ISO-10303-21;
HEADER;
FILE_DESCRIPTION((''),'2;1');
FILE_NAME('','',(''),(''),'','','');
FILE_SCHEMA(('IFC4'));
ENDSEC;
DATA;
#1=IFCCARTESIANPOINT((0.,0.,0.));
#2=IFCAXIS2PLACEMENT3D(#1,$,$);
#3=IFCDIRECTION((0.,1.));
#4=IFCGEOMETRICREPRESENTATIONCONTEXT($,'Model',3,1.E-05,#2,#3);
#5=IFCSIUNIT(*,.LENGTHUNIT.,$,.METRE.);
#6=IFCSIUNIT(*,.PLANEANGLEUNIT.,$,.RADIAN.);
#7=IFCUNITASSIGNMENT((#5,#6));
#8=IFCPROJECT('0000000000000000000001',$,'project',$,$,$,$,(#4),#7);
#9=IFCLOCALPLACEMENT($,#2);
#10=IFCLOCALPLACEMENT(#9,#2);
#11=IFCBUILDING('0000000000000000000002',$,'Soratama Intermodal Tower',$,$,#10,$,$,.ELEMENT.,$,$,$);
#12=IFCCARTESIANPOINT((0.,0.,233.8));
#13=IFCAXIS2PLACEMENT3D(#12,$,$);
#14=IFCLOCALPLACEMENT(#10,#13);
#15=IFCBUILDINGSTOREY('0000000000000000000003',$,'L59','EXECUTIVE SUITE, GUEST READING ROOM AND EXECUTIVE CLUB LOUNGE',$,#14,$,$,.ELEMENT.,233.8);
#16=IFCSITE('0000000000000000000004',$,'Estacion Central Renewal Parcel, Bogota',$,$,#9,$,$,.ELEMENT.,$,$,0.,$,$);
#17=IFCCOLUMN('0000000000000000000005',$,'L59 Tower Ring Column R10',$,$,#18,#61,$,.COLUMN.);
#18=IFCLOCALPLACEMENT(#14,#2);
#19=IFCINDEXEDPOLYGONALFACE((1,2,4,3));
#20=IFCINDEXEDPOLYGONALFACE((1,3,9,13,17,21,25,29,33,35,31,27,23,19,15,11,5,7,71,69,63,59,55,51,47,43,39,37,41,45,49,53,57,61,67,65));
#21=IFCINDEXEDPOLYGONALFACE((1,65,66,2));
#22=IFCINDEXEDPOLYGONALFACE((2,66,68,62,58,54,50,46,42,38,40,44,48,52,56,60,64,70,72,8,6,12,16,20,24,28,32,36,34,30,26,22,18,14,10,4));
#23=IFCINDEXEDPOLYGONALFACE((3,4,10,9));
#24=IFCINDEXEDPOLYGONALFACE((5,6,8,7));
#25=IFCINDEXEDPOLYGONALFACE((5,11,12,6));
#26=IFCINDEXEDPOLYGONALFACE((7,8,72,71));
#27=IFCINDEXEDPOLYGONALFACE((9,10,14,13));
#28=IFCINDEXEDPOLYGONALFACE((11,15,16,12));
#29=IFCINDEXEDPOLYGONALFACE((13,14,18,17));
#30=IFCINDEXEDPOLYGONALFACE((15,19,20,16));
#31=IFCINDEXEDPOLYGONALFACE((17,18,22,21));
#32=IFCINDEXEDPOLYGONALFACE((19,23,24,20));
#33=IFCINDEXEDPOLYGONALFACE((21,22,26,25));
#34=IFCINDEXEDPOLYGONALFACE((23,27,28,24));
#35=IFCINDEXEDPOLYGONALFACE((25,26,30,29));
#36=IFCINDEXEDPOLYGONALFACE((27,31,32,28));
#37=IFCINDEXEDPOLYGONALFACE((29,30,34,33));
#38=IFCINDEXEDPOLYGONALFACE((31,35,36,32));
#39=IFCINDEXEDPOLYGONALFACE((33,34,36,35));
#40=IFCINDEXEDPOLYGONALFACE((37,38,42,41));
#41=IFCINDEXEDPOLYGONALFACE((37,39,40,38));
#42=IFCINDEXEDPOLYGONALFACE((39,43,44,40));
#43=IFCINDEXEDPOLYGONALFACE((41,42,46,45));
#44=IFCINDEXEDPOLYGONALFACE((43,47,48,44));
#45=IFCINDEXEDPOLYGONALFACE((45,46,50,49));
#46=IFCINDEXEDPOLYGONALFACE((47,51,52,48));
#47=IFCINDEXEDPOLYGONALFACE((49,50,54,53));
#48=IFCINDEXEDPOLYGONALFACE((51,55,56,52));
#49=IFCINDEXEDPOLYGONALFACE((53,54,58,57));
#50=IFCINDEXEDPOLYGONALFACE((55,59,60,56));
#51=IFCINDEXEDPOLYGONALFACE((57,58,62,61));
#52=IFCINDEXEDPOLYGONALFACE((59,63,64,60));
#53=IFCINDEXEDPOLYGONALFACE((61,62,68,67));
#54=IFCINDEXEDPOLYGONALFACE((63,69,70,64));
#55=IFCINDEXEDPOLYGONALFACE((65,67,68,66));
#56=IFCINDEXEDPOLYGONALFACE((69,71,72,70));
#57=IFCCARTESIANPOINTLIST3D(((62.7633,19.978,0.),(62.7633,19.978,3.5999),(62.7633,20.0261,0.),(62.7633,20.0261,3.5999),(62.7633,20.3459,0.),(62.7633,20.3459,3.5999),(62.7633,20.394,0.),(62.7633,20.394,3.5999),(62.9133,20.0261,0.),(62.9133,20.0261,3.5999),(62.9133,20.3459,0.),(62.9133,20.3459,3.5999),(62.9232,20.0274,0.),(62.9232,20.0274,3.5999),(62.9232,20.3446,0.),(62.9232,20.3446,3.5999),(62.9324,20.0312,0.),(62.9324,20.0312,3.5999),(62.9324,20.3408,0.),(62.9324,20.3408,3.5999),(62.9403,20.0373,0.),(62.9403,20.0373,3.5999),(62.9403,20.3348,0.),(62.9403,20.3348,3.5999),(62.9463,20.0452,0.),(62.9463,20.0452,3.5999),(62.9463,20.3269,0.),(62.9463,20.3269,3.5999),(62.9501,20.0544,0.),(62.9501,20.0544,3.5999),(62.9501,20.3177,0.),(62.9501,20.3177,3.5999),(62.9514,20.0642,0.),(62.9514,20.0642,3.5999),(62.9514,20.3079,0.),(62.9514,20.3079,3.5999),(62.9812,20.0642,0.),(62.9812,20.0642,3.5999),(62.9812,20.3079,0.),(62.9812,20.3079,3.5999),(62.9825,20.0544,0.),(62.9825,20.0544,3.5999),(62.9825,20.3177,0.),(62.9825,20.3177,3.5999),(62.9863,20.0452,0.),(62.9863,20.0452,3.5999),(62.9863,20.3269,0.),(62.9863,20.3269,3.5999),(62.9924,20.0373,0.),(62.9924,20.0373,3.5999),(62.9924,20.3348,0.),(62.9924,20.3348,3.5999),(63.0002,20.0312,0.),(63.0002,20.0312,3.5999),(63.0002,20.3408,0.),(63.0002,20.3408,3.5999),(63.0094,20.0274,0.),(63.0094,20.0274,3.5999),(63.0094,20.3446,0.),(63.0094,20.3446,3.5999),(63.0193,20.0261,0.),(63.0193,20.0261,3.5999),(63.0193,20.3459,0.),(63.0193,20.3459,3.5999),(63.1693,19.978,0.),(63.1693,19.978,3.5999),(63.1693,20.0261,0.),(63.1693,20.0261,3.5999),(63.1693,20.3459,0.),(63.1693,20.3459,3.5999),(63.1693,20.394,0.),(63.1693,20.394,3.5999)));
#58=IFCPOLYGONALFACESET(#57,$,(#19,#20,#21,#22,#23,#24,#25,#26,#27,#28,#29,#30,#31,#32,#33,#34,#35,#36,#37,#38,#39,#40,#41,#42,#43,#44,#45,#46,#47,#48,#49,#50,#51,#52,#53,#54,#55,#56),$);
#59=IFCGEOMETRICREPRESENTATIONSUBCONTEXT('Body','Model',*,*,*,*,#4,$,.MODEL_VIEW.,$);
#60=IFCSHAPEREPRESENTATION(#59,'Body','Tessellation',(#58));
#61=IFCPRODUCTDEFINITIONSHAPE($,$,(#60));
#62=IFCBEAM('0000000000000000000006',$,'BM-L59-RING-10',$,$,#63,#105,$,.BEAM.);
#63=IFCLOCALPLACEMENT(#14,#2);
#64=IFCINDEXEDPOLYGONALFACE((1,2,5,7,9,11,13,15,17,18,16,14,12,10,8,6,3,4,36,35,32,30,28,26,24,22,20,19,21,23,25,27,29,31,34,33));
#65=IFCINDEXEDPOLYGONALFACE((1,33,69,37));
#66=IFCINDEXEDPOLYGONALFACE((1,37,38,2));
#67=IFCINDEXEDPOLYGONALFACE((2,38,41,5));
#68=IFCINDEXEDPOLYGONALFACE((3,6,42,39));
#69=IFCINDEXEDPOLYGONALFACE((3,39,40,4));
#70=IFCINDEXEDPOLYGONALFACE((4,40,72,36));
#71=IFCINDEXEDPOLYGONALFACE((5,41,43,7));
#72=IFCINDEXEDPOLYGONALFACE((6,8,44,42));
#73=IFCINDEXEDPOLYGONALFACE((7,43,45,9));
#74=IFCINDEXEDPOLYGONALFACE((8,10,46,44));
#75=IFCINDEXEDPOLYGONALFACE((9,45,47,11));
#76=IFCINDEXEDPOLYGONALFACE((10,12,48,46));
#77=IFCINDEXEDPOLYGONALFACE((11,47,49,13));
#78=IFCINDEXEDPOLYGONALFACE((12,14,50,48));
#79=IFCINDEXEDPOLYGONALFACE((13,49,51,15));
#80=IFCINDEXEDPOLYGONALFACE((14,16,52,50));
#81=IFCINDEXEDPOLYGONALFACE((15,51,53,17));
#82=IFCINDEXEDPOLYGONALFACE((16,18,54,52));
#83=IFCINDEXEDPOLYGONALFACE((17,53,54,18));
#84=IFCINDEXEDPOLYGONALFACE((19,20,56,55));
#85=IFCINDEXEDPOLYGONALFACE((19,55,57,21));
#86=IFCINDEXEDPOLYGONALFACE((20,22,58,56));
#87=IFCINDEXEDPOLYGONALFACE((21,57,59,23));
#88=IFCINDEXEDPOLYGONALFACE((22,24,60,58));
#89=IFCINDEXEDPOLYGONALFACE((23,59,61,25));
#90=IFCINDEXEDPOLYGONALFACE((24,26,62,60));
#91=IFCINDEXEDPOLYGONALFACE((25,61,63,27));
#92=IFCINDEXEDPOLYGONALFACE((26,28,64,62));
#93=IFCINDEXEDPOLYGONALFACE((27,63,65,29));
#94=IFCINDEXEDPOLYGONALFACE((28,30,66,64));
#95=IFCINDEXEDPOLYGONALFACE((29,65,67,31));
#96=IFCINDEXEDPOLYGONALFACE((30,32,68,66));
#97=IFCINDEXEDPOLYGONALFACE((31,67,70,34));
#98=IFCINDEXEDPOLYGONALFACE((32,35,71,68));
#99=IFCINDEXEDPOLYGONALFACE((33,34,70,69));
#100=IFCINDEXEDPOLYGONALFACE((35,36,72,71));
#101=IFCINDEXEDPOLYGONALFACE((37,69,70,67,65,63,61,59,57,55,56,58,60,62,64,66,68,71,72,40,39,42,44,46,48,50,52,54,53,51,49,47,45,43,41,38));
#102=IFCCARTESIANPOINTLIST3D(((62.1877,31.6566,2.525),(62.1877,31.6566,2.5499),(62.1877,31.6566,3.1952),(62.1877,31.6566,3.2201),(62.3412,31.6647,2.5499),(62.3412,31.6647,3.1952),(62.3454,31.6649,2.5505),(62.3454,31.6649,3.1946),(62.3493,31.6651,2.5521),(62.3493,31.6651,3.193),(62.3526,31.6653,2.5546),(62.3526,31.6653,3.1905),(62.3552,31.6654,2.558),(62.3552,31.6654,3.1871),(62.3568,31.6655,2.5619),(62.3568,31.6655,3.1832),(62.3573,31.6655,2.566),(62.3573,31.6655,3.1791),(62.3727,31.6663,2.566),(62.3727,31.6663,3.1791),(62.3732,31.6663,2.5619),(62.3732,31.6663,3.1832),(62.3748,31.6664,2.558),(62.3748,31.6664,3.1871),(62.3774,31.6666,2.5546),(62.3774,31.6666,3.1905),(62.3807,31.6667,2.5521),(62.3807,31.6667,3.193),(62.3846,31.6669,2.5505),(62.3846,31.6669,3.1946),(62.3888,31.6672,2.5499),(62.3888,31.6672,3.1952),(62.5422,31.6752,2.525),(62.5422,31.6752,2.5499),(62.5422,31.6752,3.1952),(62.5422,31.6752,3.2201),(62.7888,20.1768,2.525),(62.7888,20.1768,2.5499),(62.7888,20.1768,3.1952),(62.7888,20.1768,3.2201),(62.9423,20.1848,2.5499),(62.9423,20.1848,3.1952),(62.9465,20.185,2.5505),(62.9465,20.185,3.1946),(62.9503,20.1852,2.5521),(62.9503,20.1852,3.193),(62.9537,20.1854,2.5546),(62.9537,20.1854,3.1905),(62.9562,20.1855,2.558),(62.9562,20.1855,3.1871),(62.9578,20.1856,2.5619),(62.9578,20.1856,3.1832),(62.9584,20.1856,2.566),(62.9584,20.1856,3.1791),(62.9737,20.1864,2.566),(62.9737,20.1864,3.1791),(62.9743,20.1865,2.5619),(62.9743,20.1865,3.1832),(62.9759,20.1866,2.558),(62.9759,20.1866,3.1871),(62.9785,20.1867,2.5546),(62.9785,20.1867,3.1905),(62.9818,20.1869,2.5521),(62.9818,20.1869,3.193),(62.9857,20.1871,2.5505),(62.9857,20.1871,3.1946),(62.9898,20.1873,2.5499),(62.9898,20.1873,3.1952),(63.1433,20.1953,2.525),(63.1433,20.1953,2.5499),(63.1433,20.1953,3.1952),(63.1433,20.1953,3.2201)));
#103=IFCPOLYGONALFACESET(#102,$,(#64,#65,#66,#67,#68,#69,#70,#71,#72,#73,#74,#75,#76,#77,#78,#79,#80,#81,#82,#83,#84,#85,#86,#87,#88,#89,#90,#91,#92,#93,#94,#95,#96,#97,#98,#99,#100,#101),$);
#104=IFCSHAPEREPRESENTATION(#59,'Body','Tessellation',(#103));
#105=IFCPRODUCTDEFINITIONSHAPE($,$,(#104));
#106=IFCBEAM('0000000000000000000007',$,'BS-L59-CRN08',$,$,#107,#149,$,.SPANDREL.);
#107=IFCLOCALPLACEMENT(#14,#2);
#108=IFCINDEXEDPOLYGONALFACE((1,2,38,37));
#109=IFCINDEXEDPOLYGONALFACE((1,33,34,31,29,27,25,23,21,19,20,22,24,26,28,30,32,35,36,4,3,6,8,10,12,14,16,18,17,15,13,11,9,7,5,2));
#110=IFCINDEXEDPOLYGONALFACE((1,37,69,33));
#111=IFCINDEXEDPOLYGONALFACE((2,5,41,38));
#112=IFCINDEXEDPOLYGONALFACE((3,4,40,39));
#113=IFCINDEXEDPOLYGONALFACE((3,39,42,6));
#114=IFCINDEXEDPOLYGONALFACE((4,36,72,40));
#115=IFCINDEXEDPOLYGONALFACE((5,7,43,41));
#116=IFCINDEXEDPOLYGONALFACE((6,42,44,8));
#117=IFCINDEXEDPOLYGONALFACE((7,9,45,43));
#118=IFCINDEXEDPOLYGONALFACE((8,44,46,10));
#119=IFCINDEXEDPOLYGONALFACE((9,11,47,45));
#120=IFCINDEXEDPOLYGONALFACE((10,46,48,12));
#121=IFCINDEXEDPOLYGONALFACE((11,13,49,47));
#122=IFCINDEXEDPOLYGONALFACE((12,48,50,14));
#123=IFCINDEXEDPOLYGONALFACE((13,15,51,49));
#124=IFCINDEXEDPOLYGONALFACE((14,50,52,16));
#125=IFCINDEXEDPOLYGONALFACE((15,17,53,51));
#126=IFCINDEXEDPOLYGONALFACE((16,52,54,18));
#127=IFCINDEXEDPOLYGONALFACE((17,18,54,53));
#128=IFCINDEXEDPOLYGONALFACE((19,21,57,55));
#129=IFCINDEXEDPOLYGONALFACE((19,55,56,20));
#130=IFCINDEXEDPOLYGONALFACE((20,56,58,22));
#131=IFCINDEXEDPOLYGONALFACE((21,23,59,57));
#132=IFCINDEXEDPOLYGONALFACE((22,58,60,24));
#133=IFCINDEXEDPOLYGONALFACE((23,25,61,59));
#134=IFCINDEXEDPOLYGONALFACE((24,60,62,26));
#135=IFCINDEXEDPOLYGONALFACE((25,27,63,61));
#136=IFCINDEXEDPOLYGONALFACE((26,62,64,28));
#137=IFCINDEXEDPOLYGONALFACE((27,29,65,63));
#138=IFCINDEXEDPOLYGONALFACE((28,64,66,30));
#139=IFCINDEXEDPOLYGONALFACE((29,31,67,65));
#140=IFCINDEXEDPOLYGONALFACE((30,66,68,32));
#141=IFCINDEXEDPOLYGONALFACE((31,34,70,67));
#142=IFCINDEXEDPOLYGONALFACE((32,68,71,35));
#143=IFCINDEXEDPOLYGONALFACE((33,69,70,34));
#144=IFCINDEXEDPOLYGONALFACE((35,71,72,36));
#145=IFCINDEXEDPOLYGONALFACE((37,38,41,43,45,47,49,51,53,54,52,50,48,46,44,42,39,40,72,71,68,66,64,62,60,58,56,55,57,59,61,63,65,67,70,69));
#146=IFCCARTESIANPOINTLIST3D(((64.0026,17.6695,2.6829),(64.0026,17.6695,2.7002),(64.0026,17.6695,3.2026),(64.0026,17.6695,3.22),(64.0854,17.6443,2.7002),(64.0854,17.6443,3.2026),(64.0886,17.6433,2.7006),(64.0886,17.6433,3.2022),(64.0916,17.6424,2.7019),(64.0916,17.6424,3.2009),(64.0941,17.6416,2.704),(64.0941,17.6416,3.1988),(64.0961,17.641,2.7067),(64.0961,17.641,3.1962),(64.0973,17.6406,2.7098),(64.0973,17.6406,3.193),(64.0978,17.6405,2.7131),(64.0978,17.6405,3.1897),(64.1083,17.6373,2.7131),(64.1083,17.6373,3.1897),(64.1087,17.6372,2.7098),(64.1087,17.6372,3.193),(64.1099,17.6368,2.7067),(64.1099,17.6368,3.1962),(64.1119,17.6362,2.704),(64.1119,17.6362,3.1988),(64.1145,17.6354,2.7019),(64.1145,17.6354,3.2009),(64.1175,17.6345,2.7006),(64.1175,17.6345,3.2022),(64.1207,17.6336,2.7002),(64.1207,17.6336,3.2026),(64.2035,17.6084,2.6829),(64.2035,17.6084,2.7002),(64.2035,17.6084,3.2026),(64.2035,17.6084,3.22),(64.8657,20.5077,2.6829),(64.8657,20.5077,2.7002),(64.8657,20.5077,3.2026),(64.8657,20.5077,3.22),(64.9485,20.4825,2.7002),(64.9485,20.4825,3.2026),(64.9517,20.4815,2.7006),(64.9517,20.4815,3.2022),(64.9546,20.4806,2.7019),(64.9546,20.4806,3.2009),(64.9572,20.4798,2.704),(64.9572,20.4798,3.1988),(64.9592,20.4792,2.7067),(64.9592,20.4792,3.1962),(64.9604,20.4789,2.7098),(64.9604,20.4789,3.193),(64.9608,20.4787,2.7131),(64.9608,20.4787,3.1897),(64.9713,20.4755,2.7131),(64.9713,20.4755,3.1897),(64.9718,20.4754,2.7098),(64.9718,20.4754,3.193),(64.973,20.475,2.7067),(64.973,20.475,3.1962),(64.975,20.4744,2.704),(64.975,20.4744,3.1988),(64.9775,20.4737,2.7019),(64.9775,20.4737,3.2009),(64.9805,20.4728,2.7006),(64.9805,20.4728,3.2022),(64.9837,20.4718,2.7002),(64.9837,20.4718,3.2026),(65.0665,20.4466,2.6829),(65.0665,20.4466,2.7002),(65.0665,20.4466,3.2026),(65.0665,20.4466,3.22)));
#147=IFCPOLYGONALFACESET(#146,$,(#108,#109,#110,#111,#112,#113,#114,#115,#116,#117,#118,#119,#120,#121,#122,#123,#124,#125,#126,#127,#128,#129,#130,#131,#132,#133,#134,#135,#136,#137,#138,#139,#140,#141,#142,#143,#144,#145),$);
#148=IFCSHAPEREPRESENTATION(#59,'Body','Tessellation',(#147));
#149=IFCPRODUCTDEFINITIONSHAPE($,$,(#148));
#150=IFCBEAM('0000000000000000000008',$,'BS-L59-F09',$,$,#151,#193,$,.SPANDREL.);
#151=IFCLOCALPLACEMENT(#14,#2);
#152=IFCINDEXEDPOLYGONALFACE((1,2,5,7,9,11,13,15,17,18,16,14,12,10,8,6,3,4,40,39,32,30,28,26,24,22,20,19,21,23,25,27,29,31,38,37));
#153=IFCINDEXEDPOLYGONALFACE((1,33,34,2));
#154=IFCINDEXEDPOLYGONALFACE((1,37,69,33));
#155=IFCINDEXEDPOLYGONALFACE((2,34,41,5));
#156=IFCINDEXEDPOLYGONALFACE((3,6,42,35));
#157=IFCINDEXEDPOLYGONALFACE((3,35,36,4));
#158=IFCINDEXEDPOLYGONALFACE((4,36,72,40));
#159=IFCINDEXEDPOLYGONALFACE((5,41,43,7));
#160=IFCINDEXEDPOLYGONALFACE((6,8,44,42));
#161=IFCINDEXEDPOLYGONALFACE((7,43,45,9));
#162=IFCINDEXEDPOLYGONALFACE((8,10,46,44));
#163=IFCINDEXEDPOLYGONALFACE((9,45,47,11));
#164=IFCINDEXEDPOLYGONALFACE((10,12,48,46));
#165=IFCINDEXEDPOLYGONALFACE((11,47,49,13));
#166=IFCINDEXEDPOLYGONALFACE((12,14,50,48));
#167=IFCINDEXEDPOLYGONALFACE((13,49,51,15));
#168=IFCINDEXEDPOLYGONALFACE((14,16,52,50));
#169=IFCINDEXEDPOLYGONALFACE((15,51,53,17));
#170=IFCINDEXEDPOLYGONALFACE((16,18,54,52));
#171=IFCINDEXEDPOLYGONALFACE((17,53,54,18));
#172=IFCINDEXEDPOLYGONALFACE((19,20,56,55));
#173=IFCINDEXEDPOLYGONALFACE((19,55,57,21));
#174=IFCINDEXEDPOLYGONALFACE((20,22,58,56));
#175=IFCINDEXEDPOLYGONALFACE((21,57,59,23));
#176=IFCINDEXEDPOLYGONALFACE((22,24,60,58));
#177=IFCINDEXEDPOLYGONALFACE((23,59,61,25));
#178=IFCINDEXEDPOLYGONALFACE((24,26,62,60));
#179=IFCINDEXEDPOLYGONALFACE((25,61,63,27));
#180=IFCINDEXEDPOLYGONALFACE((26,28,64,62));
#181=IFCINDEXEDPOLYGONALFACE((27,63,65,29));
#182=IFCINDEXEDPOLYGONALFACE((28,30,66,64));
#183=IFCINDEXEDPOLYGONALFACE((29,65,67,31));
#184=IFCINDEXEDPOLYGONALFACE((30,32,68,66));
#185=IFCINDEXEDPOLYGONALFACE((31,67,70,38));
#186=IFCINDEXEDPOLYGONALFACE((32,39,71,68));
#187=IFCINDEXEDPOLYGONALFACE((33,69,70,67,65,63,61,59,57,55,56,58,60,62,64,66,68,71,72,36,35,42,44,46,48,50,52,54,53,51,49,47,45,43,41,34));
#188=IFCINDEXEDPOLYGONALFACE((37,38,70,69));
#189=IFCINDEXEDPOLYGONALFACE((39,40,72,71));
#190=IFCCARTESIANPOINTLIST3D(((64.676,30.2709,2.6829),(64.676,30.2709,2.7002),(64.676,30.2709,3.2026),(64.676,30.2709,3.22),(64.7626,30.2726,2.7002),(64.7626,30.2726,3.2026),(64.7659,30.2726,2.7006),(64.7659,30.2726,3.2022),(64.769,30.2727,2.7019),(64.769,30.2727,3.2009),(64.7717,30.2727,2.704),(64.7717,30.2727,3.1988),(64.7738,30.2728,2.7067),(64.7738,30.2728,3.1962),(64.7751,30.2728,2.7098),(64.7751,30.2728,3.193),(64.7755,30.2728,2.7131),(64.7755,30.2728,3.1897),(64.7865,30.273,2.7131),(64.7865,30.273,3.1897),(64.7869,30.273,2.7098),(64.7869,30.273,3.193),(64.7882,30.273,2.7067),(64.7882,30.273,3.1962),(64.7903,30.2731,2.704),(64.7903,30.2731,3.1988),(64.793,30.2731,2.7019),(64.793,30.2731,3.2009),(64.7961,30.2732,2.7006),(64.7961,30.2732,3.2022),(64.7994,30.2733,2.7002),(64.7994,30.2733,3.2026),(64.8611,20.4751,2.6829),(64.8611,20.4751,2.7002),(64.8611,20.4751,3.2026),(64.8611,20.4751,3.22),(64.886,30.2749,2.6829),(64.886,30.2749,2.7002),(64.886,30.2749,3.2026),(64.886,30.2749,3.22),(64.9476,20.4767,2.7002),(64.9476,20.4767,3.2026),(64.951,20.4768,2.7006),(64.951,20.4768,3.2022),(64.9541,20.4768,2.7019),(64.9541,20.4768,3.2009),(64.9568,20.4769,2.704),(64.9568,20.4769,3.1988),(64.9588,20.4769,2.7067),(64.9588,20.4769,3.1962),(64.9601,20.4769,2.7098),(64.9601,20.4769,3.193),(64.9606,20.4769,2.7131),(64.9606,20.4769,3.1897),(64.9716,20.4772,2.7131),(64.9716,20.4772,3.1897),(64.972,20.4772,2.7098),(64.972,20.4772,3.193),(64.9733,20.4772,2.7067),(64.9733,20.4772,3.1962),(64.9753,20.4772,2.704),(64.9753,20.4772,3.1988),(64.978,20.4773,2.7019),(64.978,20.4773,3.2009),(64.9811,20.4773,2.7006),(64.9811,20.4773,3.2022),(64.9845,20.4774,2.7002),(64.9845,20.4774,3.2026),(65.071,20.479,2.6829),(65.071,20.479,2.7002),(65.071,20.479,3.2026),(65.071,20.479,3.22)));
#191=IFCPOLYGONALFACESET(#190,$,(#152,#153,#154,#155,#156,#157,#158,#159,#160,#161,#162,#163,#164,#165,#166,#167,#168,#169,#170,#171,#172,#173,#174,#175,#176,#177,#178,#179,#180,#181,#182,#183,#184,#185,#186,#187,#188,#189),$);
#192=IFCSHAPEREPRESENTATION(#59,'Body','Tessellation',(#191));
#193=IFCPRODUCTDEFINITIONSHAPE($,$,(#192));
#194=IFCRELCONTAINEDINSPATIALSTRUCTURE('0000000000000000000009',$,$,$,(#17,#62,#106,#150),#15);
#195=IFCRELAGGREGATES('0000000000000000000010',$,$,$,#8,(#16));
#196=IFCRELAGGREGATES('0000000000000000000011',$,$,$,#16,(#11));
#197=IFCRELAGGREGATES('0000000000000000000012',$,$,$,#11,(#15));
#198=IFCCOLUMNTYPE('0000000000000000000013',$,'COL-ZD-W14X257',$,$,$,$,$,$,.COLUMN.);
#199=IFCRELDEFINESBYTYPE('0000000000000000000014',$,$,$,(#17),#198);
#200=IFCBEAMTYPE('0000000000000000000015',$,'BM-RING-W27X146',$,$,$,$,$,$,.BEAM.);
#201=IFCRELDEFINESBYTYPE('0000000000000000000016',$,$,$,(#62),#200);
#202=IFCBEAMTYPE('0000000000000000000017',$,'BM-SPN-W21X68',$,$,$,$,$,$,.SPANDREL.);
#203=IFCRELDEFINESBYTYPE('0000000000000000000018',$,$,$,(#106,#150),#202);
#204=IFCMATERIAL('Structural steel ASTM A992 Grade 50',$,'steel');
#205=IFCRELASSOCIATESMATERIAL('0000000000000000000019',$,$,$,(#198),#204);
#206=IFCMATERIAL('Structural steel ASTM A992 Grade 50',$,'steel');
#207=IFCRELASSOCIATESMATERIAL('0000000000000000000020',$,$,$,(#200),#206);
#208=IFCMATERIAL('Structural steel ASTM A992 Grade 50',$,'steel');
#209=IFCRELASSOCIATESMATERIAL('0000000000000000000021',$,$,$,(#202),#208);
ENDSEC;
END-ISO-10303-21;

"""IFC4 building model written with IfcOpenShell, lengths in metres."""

from ifc_helpers import new_model, si_unit, direction, frame, origin, origin_2d, place, context, subcontext, project, spatial, i_section, extrude, material, material_profile, profile_set, type_object, element, save


model = new_model("IFC4")

# Units and contexts
model_context = context("Model", 3, precision=1e-05, world=origin(), true_north=direction((0.0, 1.0)))
body_context = subcontext(model_context, "Body", "Model", "MODEL_VIEW")
ifc_project = project(units=[si_unit("LENGTHUNIT", "METRE"), si_unit("PLANEANGLEUNIT", "RADIAN")], contexts=[model_context])

# Site, building, storey
site_placement = place(None, origin())
site = spatial("IfcSite", under=ifc_project, at=site_placement, Name="Estacion Central Renewal Parcel, Bogota", CompositionType="ELEMENT", RefElevation=0.0)
building_placement = place(site_placement, origin())
building = spatial("IfcBuilding", under=site, at=building_placement, Name="Soratama Intermodal Tower", CompositionType="ELEMENT")
storey_placement = place(building_placement, frame((0.0, 0.0, 233.8)))
storey = spatial("IfcBuildingStorey", under=building, at=storey_placement, Name="L59", Description="EXECUTIVE SUITE, GUEST READING ROOM AND EXECUTIVE CLUB LOUNGE", CompositionType="ELEMENT", Elevation=233.8)

# Column
ifc_material_1 = material(Name="Structural steel ASTM A992 Grade 50", Category="steel")
ifc_material_profile_1 = material_profile(ifc_material_1, i_section(OverallWidth=0.406, OverallDepth=0.416, WebThickness=0.0298, FlangeThickness=0.0481, FilletRadius=0.0381, at=origin_2d()), Name="W14X257")
ifc_profile_set_1 = profile_set([ifc_material_profile_1], Name="Structural steel ASTM A992 Grade 50")
column_type = type_object("IfcColumnType", Name="COL-ZD-W14X257", PredefinedType="COLUMN", material=ifc_profile_set_1)
column_placement = place(storey_placement, frame((62.9663, 20.186, 0.0), z_axis=(0.0, 0.0, 1.0), x_axis=(1.0, 0.0, 0.0)))
element("IfcColumn", 1, at=column_placement, inside=storey, type_object=column_type, Name="L59 Tower Ring Column R10", PredefinedType="COLUMN", context=body_context, shape_type="SweptSolid", body=[
    extrude(i_section(OverallWidth=0.406, OverallDepth=0.416, WebThickness=0.0298, FlangeThickness=0.0481, FilletRadius=0.0381, at=origin_2d()), origin(), (0.0, 0.0, 1.0), 3.5999),
])

# Beams
ifc_material_2 = material(Name="Structural steel ASTM A992 Grade 50", Category="steel")
ifc_material_profile_2 = material_profile(ifc_material_2, i_section(OverallWidth=0.355, OverallDepth=0.6951, WebThickness=0.0154, FlangeThickness=0.0249, FilletRadius=0.0161, at=origin_2d()), Name="W27X146")
ifc_profile_set_2 = profile_set([ifc_material_profile_2], Name="Structural steel ASTM A992 Grade 50")
beam_type_1 = type_object("IfcBeamType", Name="BM-RING-W27X146", PredefinedType="BEAM", material=ifc_profile_set_2)
beam_1_placement = place(storey_placement, frame((62.9661, 20.186, 2.8726), z_axis=(-0.052287, 0.998632, 0.0), x_axis=(-0.998632, -0.052287, 0.0)))
element("IfcBeam", 2, at=beam_1_placement, inside=storey, type_object=beam_type_1, Name="BM-L59-RING-10", PredefinedType="BEAM", context=body_context, shape_type="SweptSolid", body=[
    extrude(i_section(OverallWidth=0.355, OverallDepth=0.6951, WebThickness=0.0154, FlangeThickness=0.0249, FilletRadius=0.0161, at=origin_2d()), origin(), (0.0, 0.0, 1.0), 11.4956),
])
ifc_material_3 = material(Name="Structural steel ASTM A992 Grade 50", Category="steel")
ifc_material_profile_3 = material_profile(ifc_material_3, i_section(OverallWidth=0.21, OverallDepth=0.5371, WebThickness=0.011, FlangeThickness=0.0173, FilletRadius=0.0129, at=origin_2d()), Name="W21X68")
ifc_profile_set_3 = profile_set([ifc_material_profile_3], Name="Structural steel ASTM A992 Grade 50")
beam_type_2 = type_object("IfcBeamType", Name="BM-SPN-W21X68", PredefinedType="SPANDREL", material=ifc_profile_set_3)
beam_2_placement = place(storey_placement, frame((64.103, 17.6389, 2.9514), z_axis=(0.290932, 0.956744, 0.0), x_axis=(-0.956744, 0.290932, 0.0)))
element("IfcBeam", 3, at=beam_2_placement, inside=storey, type_object=beam_type_2, Name="BS-L59-CRN08", PredefinedType="SPANDREL", context=body_context, shape_type="SweptSolid", body=[
    extrude(i_section(OverallWidth=0.21, OverallDepth=0.5371, WebThickness=0.011, FlangeThickness=0.0173, FilletRadius=0.0129, at=origin_2d()), origin(), (0.0, 0.0, 1.0), 2.9666),
])
beam_3_placement = place(storey_placement, frame((64.9661, 20.4771, 2.9514), z_axis=(-0.018888, 0.999822, 0.0), x_axis=(-0.999822, -0.018888, 0.0)))
element("IfcBeam", 4, at=beam_3_placement, inside=storey, type_object=beam_type_2, Name="BS-L59-F09", PredefinedType="SPANDREL", context=body_context, shape_type="SweptSolid", body=[
    extrude(i_section(OverallWidth=0.21, OverallDepth=0.5371, WebThickness=0.011, FlangeThickness=0.0173, FilletRadius=0.0129, at=origin_2d()), origin(), (0.0, 0.0, 1.0), 9.7976),
])

save(model, "model.ifc")
